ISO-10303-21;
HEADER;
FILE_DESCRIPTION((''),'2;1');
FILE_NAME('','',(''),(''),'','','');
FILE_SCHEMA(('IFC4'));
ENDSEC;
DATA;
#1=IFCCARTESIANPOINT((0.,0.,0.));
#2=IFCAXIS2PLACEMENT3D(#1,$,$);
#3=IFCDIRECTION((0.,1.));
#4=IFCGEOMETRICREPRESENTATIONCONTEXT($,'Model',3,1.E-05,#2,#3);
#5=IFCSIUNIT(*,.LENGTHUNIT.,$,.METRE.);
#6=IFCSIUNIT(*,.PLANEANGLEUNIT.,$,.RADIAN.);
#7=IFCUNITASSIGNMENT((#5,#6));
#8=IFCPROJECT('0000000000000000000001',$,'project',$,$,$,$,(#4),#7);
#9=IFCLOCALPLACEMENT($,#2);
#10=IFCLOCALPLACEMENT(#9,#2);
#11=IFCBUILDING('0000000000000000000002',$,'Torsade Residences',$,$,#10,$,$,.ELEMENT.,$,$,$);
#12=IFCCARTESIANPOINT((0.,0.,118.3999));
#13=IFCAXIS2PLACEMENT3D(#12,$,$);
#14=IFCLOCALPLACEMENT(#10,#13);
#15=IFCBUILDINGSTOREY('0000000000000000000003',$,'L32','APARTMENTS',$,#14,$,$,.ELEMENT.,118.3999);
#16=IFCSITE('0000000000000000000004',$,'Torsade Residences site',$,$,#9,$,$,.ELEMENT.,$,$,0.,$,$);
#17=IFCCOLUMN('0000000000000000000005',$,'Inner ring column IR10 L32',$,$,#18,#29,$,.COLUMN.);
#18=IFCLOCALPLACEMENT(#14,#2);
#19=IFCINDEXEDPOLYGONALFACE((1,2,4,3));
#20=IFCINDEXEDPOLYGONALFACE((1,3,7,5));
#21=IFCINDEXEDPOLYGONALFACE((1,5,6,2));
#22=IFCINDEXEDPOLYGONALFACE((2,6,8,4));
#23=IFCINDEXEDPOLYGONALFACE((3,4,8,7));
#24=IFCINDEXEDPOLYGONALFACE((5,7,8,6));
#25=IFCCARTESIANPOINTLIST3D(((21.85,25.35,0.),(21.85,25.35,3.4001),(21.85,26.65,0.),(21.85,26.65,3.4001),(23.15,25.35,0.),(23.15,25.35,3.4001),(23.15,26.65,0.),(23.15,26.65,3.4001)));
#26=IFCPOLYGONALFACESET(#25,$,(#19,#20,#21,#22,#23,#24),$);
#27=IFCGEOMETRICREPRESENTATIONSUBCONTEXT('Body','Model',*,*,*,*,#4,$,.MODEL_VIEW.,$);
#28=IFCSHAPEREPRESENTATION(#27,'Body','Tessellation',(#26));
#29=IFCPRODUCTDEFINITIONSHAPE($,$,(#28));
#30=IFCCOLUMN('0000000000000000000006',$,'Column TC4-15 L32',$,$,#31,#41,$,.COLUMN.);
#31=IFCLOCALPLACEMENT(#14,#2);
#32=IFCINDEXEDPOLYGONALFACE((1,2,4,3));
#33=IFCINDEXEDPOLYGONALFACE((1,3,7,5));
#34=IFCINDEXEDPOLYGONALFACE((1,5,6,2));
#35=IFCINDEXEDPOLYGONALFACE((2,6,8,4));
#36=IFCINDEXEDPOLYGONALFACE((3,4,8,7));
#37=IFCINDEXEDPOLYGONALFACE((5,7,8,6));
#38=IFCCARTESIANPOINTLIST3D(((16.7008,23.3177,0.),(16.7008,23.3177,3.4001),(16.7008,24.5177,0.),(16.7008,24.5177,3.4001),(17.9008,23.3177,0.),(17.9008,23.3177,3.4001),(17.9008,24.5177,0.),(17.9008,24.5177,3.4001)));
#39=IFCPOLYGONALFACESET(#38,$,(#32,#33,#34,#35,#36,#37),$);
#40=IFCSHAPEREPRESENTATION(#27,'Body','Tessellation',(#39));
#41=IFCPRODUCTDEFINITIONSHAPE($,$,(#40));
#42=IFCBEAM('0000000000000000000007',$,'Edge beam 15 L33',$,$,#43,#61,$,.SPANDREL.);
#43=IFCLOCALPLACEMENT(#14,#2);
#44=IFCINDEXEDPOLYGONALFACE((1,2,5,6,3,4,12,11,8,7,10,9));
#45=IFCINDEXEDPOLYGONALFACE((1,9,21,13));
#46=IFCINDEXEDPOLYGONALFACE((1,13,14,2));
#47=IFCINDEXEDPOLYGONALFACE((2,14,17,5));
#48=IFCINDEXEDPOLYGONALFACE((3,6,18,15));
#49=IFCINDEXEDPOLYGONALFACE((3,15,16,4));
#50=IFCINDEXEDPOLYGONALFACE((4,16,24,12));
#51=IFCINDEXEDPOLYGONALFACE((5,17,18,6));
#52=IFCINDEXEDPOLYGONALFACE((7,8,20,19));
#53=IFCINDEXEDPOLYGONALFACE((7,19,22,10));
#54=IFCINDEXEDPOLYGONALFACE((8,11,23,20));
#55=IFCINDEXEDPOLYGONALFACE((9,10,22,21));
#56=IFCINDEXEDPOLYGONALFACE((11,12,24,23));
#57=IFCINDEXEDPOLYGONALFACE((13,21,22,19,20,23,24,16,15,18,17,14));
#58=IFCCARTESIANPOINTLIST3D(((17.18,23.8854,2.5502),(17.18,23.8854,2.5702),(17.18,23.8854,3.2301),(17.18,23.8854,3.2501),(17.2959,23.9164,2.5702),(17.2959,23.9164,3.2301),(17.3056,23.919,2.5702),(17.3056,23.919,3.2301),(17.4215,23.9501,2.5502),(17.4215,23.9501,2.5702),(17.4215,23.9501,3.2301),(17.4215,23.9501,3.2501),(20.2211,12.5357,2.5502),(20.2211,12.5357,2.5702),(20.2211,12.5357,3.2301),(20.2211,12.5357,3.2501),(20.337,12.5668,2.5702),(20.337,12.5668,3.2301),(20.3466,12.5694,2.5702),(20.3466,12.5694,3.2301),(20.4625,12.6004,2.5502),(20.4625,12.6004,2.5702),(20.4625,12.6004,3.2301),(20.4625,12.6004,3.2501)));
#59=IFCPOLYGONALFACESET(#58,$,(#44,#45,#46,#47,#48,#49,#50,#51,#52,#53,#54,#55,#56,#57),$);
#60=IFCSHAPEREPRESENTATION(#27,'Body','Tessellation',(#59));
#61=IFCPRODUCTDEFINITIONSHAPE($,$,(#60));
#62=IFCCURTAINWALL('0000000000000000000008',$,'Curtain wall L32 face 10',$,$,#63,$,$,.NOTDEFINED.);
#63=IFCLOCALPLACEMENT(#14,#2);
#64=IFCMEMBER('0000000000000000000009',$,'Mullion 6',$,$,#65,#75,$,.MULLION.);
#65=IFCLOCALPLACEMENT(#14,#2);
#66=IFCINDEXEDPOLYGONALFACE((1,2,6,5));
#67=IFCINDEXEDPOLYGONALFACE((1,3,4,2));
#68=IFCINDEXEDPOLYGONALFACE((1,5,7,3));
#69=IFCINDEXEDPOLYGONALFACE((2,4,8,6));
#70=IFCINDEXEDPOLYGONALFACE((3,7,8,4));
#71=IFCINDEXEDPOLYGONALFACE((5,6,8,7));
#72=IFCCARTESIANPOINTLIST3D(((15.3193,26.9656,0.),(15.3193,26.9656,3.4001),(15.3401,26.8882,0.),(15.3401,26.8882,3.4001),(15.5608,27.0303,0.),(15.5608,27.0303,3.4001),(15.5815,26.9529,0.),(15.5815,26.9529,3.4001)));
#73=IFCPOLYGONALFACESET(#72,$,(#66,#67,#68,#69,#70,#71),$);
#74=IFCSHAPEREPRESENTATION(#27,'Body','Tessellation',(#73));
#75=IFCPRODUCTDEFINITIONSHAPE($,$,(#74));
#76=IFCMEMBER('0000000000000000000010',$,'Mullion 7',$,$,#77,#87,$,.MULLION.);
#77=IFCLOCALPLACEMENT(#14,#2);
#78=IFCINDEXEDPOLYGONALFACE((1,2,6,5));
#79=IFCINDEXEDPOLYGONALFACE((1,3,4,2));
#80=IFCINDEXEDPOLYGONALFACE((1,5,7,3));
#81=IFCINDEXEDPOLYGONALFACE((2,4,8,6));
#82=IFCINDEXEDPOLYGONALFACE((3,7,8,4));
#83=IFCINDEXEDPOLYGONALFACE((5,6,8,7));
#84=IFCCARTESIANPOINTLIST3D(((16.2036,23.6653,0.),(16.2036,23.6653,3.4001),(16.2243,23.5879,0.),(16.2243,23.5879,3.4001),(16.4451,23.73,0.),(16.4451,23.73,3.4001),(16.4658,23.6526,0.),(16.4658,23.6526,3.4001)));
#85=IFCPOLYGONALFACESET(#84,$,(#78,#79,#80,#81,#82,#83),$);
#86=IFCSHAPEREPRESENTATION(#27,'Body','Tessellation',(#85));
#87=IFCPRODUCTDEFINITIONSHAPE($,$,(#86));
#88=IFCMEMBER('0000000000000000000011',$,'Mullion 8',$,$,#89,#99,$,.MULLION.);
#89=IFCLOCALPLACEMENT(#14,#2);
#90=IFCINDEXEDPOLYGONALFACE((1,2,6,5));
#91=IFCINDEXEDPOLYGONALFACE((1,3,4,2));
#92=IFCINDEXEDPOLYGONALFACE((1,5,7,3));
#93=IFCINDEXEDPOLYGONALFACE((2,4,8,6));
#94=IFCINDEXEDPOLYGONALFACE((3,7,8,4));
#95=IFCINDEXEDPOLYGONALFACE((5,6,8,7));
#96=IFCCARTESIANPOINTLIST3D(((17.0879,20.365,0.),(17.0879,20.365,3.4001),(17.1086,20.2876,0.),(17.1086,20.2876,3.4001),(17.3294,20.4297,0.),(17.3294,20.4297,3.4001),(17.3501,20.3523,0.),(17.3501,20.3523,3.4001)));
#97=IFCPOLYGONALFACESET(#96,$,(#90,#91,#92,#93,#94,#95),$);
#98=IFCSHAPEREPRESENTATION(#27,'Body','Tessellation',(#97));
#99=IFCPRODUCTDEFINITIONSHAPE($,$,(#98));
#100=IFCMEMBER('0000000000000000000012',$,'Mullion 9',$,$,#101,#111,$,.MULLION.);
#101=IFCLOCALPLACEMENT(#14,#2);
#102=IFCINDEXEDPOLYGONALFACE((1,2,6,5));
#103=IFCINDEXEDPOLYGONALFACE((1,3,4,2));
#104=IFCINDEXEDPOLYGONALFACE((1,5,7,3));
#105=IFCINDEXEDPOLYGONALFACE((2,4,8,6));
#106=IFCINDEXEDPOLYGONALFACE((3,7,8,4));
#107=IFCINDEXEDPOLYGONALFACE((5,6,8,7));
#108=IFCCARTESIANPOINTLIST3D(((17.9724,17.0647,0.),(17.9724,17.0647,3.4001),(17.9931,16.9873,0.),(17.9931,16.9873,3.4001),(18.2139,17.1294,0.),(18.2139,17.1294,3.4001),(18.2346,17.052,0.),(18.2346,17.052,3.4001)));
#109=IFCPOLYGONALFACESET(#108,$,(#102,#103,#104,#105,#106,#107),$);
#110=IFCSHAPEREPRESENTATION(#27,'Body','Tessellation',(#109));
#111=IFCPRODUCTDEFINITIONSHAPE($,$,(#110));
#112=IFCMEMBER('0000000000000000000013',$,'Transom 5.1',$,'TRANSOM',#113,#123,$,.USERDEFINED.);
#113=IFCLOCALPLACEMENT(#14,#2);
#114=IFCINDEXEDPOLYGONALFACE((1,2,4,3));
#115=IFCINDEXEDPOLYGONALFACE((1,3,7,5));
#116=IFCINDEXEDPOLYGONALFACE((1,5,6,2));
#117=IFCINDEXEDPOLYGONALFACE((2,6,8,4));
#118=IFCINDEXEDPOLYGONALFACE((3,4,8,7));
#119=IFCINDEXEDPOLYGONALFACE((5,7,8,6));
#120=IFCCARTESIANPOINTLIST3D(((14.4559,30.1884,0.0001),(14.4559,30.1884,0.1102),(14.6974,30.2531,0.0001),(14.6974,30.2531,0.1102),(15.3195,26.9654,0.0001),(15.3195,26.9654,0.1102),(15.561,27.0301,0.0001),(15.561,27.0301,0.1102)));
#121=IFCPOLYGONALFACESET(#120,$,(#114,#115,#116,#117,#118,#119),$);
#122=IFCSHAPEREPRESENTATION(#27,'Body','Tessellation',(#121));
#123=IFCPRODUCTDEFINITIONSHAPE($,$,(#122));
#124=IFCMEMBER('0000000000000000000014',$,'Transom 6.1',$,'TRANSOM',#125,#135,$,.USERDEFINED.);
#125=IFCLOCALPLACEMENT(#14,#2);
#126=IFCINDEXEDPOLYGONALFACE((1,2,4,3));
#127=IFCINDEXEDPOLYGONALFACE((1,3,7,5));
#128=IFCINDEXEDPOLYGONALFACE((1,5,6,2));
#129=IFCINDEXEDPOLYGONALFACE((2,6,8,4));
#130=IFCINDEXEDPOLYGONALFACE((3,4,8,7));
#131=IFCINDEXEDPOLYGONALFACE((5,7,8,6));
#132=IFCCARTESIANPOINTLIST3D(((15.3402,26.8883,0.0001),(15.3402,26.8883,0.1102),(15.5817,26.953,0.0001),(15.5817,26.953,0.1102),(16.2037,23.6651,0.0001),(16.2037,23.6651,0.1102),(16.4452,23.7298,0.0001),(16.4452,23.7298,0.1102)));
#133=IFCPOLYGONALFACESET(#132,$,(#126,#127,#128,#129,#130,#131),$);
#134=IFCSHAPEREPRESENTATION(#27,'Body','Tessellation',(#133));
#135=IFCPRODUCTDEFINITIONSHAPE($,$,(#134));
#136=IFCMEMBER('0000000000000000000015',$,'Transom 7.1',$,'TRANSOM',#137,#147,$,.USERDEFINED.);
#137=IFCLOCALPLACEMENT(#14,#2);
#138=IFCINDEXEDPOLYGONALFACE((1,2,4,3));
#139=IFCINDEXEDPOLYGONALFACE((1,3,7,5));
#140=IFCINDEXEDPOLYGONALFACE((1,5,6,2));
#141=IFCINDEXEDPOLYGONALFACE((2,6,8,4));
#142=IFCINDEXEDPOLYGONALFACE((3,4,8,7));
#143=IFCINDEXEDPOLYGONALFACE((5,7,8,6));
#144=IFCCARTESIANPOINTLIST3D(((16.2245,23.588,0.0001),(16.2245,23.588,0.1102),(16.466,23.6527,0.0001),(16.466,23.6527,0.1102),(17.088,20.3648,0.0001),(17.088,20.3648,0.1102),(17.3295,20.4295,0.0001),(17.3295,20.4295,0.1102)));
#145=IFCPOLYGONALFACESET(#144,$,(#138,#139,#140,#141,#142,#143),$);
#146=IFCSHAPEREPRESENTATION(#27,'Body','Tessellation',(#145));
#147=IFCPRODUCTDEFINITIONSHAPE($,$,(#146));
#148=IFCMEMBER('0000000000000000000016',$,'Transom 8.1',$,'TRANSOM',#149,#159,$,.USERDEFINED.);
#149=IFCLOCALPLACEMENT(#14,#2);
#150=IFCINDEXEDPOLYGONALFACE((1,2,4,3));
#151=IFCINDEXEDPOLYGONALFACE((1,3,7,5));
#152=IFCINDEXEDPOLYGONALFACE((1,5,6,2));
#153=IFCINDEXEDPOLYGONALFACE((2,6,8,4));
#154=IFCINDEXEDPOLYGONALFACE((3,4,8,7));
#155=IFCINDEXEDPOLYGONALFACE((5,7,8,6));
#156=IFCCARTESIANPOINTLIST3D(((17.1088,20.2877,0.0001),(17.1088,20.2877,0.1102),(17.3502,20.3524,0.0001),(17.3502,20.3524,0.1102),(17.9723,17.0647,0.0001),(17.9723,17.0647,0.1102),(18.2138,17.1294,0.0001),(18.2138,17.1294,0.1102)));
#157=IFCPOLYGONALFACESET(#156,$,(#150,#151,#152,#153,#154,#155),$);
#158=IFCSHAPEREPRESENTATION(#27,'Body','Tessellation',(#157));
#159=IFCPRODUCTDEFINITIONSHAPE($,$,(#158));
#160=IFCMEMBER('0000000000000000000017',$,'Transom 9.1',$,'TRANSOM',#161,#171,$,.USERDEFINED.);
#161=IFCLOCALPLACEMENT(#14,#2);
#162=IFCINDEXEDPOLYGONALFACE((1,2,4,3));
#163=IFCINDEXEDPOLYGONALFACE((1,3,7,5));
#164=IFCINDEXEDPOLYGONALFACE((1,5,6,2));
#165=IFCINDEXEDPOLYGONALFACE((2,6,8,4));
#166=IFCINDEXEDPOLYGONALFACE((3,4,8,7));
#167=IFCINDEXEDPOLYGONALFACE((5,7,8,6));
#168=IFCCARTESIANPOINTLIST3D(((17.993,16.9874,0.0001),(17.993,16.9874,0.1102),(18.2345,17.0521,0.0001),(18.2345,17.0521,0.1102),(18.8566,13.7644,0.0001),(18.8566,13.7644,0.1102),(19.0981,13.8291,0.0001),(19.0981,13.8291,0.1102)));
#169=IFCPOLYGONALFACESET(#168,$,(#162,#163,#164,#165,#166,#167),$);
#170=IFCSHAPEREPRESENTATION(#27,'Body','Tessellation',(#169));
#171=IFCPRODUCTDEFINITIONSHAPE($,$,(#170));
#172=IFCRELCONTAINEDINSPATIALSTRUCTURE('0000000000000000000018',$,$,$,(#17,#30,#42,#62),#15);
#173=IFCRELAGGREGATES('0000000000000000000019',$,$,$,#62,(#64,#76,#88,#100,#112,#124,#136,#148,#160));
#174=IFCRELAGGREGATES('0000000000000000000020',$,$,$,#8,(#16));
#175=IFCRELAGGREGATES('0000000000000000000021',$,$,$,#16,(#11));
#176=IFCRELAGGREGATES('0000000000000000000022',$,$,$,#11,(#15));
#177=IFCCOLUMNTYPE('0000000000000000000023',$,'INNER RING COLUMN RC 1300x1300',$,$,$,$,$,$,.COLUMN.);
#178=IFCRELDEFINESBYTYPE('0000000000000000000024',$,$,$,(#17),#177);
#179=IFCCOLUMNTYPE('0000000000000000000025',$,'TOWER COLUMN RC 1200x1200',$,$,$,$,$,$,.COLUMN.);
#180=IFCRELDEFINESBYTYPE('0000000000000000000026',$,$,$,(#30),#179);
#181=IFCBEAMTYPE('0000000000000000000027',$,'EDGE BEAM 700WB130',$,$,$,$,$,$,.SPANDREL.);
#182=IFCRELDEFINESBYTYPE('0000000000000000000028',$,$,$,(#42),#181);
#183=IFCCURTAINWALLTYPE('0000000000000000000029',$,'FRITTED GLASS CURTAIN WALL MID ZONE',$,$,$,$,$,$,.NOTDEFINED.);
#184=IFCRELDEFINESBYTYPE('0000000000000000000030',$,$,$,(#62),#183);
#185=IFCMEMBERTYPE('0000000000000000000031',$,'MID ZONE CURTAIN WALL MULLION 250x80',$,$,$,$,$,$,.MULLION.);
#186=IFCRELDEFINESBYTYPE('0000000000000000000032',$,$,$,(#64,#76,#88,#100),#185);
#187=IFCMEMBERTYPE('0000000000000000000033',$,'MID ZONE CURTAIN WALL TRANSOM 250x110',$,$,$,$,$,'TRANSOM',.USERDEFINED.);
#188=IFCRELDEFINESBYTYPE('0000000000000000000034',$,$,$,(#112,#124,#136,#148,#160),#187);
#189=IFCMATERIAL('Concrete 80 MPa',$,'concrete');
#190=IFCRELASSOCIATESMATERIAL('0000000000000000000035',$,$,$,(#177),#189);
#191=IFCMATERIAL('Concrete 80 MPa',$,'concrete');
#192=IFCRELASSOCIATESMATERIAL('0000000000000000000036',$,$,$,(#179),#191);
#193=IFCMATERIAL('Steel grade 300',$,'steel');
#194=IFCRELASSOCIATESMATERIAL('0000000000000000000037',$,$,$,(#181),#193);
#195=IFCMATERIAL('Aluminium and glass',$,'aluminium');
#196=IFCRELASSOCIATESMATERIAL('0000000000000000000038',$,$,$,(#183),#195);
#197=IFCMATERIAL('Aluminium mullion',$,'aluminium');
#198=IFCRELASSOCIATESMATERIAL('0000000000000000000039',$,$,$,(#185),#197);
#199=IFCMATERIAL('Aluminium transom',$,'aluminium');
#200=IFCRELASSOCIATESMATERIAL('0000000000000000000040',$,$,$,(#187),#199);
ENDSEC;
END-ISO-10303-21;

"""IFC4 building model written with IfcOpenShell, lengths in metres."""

from ifc_helpers import new_model, si_unit, direction, frame, origin, origin_2d, place, context, subcontext, project, spatial, rectangle, i_section, extrude, material, material_profile, profile_set, type_object, element, aggregate, save


model = new_model("IFC4")

# Units and contexts
model_context = context("Model", 3, precision=1e-05, world=origin(), true_north=direction((0.0, 1.0)))
body_context = subcontext(model_context, "Body", "Model", "MODEL_VIEW")
ifc_project = project(units=[si_unit("LENGTHUNIT", "METRE"), si_unit("PLANEANGLEUNIT", "RADIAN")], contexts=[model_context])

# Site, building, storey
site_placement = place(None, origin())
site = spatial("IfcSite", under=ifc_project, at=site_placement, Name="Torsade Residences site", CompositionType="ELEMENT", RefElevation=0.0)
building_placement = place(site_placement, origin())
building = spatial("IfcBuilding", under=site, at=building_placement, Name="Torsade Residences", CompositionType="ELEMENT")
storey_placement = place(building_placement, frame((0.0, 0.0, 118.3999)))
storey = spatial("IfcBuildingStorey", under=building, at=storey_placement, Name="L32", Description="APARTMENTS", CompositionType="ELEMENT", Elevation=118.3999)

# Columns
ifc_material_1 = material(Name="Concrete 80 MPa", Category="concrete")
ifc_material_profile_1 = material_profile(ifc_material_1, rectangle(XDim=1.3, YDim=1.3, at=origin_2d()), Name="RC 1300x1300")
ifc_profile_set_1 = profile_set([ifc_material_profile_1], Name="Concrete 80 MPa")
column_type_1 = type_object("IfcColumnType", Name="INNER RING COLUMN RC 1300x1300", PredefinedType="COLUMN", material=ifc_profile_set_1)
column_1_placement = place(storey_placement, frame((22.5, 26.0, 0.0), z_axis=(0.0, 0.0, 1.0), x_axis=(1.0, 0.0, 0.0)))
element("IfcColumn", 1, at=column_1_placement, inside=storey, type_object=column_type_1, Name="Inner ring column IR10 L32", PredefinedType="COLUMN", context=body_context, shape_type="SweptSolid", body=[
    extrude(rectangle(XDim=1.3, YDim=1.3, at=origin_2d()), origin(), (0.0, 0.0, 1.0), 3.4001),
])
ifc_material_2 = material(Name="Concrete 80 MPa", Category="concrete")
ifc_material_profile_2 = material_profile(ifc_material_2, rectangle(XDim=1.2, YDim=1.2, at=origin_2d()), Name="RC 1200x1200")
ifc_profile_set_2 = profile_set([ifc_material_profile_2], Name="Concrete 80 MPa")
column_type_2 = type_object("IfcColumnType", Name="TOWER COLUMN RC 1200x1200", PredefinedType="COLUMN", material=ifc_profile_set_2)
column_2_placement = place(storey_placement, frame((17.3008, 23.9177, 0.0), z_axis=(0.0, 0.0, 1.0), x_axis=(1.0, 0.0, 0.0)))
element("IfcColumn", 2, at=column_2_placement, inside=storey, type_object=column_type_2, Name="Column TC4-15 L32", PredefinedType="COLUMN", context=body_context, shape_type="SweptSolid", body=[
    extrude(rectangle(XDim=1.2, YDim=1.2, at=origin_2d()), origin(), (0.0, 0.0, 1.0), 3.4001),
])

# Beam
ifc_material_3 = material(Name="Steel grade 300", Category="steel")
ifc_material_profile_3 = material_profile(ifc_material_3, i_section(OverallWidth=0.25, OverallDepth=0.7, WebThickness=0.01, FlangeThickness=0.02, at=origin_2d()), Name="700WB130")
ifc_profile_set_3 = profile_set([ifc_material_profile_3], Name="Steel grade 300")
beam_type_1 = type_object("IfcBeamType", Name="EDGE BEAM 700WB130", PredefinedType="SPANDREL", material=ifc_profile_set_3)
beam_1_placement = place(storey_placement, frame((17.3008, 23.9177, 2.9001), z_axis=(0.258811, -0.965928, 0.0), x_axis=(0.965928, 0.258811, 0.0)))
element("IfcBeam", 3, at=beam_1_placement, inside=storey, type_object=beam_type_1, Name="Edge beam 15 L33", PredefinedType="SPANDREL", context=body_context, shape_type="SweptSolid", body=[
    extrude(i_section(OverallWidth=0.25, OverallDepth=0.7, WebThickness=0.01, FlangeThickness=0.02, at=origin_2d()), origin(), (0.0, 0.0, 1.0), 11.75),
])

# Curtain wall, members
ifc_material_4 = material(Name="Aluminium and glass", Category="aluminium")
curtain_wall_type = type_object("IfcCurtainWallType", Name="FRITTED GLASS CURTAIN WALL MID ZONE", PredefinedType="NOTDEFINED", material=ifc_material_4)
curtain_wall_placement = place(storey_placement, origin())
curtain_wall = element("IfcCurtainWall", 4, at=curtain_wall_placement, inside=storey, type_object=curtain_wall_type, Name="Curtain wall L32 face 10", PredefinedType="NOTDEFINED")
ifc_material_5 = material(Name="Aluminium mullion", Category="aluminium")
ifc_material_profile_4 = material_profile(ifc_material_5, rectangle(XDim=0.25, YDim=0.0801, at=origin_2d()), Name="MID ZONE CURTAIN WALL MULLION 250x80")
ifc_profile_set_4 = profile_set([ifc_material_profile_4], Name="Aluminium mullion")
member_type_1 = type_object("IfcMemberType", Name="MID ZONE CURTAIN WALL MULLION 250x80", PredefinedType="MULLION", material=ifc_profile_set_4)
member_1_placement = place(storey_placement, frame((15.4504, 26.9592, 0.0), z_axis=(0.0, 0.0, 1.0), x_axis=(0.965926, 0.258819, 0.0)))
member_1 = element("IfcMember", 5, at=member_1_placement, type_object=member_type_1, Name="Mullion 6", PredefinedType="MULLION", context=body_context, shape_type="SweptSolid", body=[
    extrude(rectangle(XDim=0.25, YDim=0.0801, at=origin_2d()), origin(), (0.0, 0.0, 1.0), 3.4001),
])
member_2_placement = place(storey_placement, frame((16.3347, 23.6589, 0.0), z_axis=(0.0, 0.0, 1.0), x_axis=(0.965926, 0.258819, 0.0)))
member_2 = element("IfcMember", 6, at=member_2_placement, type_object=member_type_1, Name="Mullion 7", PredefinedType="MULLION", context=body_context, shape_type="SweptSolid", body=[
    extrude(rectangle(XDim=0.25, YDim=0.0801, at=origin_2d()), origin(), (0.0, 0.0, 1.0), 3.4001),
])
member_3_placement = place(storey_placement, frame((17.219, 20.3586, 0.0), z_axis=(0.0, 0.0, 1.0), x_axis=(0.965926, 0.258819, 0.0)))
member_3 = element("IfcMember", 7, at=member_3_placement, type_object=member_type_1, Name="Mullion 8", PredefinedType="MULLION", context=body_context, shape_type="SweptSolid", body=[
    extrude(rectangle(XDim=0.25, YDim=0.0801, at=origin_2d()), origin(), (0.0, 0.0, 1.0), 3.4001),
])
member_4_placement = place(storey_placement, frame((18.1035, 17.0583, 0.0), z_axis=(0.0, 0.0, 1.0), x_axis=(0.965926, 0.258819, 0.0)))
member_4 = element("IfcMember", 8, at=member_4_placement, type_object=member_type_1, Name="Mullion 9", PredefinedType="MULLION", context=body_context, shape_type="SweptSolid", body=[
    extrude(rectangle(XDim=0.25, YDim=0.0801, at=origin_2d()), origin(), (0.0, 0.0, 1.0), 3.4001),
])
ifc_material_6 = material(Name="Aluminium transom", Category="aluminium")
ifc_material_profile_5 = material_profile(ifc_material_6, rectangle(XDim=0.25, YDim=0.1101, at=origin_2d()), Name="MID ZONE CURTAIN WALL TRANSOM 250x110")
ifc_profile_set_5 = profile_set([ifc_material_profile_5], Name="Aluminium transom")
member_type_2 = type_object("IfcMemberType", Name="MID ZONE CURTAIN WALL TRANSOM 250x110", ElementType="TRANSOM", PredefinedType="USERDEFINED", material=ifc_profile_set_5)
member_5_placement = place(storey_placement, frame((14.5767, 30.2207, 0.0552), z_axis=(0.258806, -0.965929, 0.0), x_axis=(0.965929, 0.258806, 0.0)))
member_5 = element("IfcMember", 9, at=member_5_placement, type_object=member_type_2, Name="Transom 5.1", ObjectType="TRANSOM", PredefinedType="USERDEFINED", context=body_context, shape_type="SweptSolid", body=[
    extrude(rectangle(XDim=0.25, YDim=0.1101, at=origin_2d()), origin(), (0.0, 0.0, 1.0), 3.3367),
])
member_6_placement = place(storey_placement, frame((15.4609, 26.9207, 0.0552), z_axis=(0.258787, -0.965934, 0.0), x_axis=(0.965934, 0.258787, 0.0)))
member_6 = element("IfcMember", 10, at=member_6_placement, type_object=member_type_2, Name="Transom 6.1", ObjectType="TRANSOM", PredefinedType="USERDEFINED", context=body_context, shape_type="SweptSolid", body=[
    extrude(rectangle(XDim=0.25, YDim=0.1101, at=origin_2d()), origin(), (0.0, 0.0, 1.0), 3.3369),
])
member_7_placement = place(storey_placement, frame((16.3452, 23.6204, 0.0552), z_axis=(0.258787, -0.965934, 0.0), x_axis=(0.965934, 0.258787, 0.0)))
member_7 = element("IfcMember", 11, at=member_7_placement, type_object=member_type_2, Name="Transom 7.1", ObjectType="TRANSOM", PredefinedType="USERDEFINED", context=body_context, shape_type="SweptSolid", body=[
    extrude(rectangle(XDim=0.25, YDim=0.1101, at=origin_2d()), origin(), (0.0, 0.0, 1.0), 3.3369),
])
member_8_placement = place(storey_placement, frame((17.2295, 20.3201, 0.0552), z_axis=(0.258806, -0.965929, 0.0), x_axis=(0.965929, 0.258806, 0.0)))
member_8 = element("IfcMember", 12, at=member_8_placement, type_object=member_type_2, Name="Transom 8.1", ObjectType="TRANSOM", PredefinedType="USERDEFINED", context=body_context, shape_type="SweptSolid", body=[
    extrude(rectangle(XDim=0.25, YDim=0.1101, at=origin_2d()), origin(), (0.0, 0.0, 1.0), 3.3367),
])
member_9_placement = place(storey_placement, frame((18.1138, 17.0198, 0.0552), z_axis=(0.258806, -0.965929, 0.0), x_axis=(0.965929, 0.258806, 0.0)))
member_9 = element("IfcMember", 13, at=member_9_placement, type_object=member_type_2, Name="Transom 9.1", ObjectType="TRANSOM", PredefinedType="USERDEFINED", context=body_context, shape_type="SweptSolid", body=[
    extrude(rectangle(XDim=0.25, YDim=0.1101, at=origin_2d()), origin(), (0.0, 0.0, 1.0), 3.3367),
])

aggregate(curtain_wall, [member_1, member_2, member_3, member_4, member_5, member_6, member_7, member_8, member_9])

save(model, "model.ifc")
